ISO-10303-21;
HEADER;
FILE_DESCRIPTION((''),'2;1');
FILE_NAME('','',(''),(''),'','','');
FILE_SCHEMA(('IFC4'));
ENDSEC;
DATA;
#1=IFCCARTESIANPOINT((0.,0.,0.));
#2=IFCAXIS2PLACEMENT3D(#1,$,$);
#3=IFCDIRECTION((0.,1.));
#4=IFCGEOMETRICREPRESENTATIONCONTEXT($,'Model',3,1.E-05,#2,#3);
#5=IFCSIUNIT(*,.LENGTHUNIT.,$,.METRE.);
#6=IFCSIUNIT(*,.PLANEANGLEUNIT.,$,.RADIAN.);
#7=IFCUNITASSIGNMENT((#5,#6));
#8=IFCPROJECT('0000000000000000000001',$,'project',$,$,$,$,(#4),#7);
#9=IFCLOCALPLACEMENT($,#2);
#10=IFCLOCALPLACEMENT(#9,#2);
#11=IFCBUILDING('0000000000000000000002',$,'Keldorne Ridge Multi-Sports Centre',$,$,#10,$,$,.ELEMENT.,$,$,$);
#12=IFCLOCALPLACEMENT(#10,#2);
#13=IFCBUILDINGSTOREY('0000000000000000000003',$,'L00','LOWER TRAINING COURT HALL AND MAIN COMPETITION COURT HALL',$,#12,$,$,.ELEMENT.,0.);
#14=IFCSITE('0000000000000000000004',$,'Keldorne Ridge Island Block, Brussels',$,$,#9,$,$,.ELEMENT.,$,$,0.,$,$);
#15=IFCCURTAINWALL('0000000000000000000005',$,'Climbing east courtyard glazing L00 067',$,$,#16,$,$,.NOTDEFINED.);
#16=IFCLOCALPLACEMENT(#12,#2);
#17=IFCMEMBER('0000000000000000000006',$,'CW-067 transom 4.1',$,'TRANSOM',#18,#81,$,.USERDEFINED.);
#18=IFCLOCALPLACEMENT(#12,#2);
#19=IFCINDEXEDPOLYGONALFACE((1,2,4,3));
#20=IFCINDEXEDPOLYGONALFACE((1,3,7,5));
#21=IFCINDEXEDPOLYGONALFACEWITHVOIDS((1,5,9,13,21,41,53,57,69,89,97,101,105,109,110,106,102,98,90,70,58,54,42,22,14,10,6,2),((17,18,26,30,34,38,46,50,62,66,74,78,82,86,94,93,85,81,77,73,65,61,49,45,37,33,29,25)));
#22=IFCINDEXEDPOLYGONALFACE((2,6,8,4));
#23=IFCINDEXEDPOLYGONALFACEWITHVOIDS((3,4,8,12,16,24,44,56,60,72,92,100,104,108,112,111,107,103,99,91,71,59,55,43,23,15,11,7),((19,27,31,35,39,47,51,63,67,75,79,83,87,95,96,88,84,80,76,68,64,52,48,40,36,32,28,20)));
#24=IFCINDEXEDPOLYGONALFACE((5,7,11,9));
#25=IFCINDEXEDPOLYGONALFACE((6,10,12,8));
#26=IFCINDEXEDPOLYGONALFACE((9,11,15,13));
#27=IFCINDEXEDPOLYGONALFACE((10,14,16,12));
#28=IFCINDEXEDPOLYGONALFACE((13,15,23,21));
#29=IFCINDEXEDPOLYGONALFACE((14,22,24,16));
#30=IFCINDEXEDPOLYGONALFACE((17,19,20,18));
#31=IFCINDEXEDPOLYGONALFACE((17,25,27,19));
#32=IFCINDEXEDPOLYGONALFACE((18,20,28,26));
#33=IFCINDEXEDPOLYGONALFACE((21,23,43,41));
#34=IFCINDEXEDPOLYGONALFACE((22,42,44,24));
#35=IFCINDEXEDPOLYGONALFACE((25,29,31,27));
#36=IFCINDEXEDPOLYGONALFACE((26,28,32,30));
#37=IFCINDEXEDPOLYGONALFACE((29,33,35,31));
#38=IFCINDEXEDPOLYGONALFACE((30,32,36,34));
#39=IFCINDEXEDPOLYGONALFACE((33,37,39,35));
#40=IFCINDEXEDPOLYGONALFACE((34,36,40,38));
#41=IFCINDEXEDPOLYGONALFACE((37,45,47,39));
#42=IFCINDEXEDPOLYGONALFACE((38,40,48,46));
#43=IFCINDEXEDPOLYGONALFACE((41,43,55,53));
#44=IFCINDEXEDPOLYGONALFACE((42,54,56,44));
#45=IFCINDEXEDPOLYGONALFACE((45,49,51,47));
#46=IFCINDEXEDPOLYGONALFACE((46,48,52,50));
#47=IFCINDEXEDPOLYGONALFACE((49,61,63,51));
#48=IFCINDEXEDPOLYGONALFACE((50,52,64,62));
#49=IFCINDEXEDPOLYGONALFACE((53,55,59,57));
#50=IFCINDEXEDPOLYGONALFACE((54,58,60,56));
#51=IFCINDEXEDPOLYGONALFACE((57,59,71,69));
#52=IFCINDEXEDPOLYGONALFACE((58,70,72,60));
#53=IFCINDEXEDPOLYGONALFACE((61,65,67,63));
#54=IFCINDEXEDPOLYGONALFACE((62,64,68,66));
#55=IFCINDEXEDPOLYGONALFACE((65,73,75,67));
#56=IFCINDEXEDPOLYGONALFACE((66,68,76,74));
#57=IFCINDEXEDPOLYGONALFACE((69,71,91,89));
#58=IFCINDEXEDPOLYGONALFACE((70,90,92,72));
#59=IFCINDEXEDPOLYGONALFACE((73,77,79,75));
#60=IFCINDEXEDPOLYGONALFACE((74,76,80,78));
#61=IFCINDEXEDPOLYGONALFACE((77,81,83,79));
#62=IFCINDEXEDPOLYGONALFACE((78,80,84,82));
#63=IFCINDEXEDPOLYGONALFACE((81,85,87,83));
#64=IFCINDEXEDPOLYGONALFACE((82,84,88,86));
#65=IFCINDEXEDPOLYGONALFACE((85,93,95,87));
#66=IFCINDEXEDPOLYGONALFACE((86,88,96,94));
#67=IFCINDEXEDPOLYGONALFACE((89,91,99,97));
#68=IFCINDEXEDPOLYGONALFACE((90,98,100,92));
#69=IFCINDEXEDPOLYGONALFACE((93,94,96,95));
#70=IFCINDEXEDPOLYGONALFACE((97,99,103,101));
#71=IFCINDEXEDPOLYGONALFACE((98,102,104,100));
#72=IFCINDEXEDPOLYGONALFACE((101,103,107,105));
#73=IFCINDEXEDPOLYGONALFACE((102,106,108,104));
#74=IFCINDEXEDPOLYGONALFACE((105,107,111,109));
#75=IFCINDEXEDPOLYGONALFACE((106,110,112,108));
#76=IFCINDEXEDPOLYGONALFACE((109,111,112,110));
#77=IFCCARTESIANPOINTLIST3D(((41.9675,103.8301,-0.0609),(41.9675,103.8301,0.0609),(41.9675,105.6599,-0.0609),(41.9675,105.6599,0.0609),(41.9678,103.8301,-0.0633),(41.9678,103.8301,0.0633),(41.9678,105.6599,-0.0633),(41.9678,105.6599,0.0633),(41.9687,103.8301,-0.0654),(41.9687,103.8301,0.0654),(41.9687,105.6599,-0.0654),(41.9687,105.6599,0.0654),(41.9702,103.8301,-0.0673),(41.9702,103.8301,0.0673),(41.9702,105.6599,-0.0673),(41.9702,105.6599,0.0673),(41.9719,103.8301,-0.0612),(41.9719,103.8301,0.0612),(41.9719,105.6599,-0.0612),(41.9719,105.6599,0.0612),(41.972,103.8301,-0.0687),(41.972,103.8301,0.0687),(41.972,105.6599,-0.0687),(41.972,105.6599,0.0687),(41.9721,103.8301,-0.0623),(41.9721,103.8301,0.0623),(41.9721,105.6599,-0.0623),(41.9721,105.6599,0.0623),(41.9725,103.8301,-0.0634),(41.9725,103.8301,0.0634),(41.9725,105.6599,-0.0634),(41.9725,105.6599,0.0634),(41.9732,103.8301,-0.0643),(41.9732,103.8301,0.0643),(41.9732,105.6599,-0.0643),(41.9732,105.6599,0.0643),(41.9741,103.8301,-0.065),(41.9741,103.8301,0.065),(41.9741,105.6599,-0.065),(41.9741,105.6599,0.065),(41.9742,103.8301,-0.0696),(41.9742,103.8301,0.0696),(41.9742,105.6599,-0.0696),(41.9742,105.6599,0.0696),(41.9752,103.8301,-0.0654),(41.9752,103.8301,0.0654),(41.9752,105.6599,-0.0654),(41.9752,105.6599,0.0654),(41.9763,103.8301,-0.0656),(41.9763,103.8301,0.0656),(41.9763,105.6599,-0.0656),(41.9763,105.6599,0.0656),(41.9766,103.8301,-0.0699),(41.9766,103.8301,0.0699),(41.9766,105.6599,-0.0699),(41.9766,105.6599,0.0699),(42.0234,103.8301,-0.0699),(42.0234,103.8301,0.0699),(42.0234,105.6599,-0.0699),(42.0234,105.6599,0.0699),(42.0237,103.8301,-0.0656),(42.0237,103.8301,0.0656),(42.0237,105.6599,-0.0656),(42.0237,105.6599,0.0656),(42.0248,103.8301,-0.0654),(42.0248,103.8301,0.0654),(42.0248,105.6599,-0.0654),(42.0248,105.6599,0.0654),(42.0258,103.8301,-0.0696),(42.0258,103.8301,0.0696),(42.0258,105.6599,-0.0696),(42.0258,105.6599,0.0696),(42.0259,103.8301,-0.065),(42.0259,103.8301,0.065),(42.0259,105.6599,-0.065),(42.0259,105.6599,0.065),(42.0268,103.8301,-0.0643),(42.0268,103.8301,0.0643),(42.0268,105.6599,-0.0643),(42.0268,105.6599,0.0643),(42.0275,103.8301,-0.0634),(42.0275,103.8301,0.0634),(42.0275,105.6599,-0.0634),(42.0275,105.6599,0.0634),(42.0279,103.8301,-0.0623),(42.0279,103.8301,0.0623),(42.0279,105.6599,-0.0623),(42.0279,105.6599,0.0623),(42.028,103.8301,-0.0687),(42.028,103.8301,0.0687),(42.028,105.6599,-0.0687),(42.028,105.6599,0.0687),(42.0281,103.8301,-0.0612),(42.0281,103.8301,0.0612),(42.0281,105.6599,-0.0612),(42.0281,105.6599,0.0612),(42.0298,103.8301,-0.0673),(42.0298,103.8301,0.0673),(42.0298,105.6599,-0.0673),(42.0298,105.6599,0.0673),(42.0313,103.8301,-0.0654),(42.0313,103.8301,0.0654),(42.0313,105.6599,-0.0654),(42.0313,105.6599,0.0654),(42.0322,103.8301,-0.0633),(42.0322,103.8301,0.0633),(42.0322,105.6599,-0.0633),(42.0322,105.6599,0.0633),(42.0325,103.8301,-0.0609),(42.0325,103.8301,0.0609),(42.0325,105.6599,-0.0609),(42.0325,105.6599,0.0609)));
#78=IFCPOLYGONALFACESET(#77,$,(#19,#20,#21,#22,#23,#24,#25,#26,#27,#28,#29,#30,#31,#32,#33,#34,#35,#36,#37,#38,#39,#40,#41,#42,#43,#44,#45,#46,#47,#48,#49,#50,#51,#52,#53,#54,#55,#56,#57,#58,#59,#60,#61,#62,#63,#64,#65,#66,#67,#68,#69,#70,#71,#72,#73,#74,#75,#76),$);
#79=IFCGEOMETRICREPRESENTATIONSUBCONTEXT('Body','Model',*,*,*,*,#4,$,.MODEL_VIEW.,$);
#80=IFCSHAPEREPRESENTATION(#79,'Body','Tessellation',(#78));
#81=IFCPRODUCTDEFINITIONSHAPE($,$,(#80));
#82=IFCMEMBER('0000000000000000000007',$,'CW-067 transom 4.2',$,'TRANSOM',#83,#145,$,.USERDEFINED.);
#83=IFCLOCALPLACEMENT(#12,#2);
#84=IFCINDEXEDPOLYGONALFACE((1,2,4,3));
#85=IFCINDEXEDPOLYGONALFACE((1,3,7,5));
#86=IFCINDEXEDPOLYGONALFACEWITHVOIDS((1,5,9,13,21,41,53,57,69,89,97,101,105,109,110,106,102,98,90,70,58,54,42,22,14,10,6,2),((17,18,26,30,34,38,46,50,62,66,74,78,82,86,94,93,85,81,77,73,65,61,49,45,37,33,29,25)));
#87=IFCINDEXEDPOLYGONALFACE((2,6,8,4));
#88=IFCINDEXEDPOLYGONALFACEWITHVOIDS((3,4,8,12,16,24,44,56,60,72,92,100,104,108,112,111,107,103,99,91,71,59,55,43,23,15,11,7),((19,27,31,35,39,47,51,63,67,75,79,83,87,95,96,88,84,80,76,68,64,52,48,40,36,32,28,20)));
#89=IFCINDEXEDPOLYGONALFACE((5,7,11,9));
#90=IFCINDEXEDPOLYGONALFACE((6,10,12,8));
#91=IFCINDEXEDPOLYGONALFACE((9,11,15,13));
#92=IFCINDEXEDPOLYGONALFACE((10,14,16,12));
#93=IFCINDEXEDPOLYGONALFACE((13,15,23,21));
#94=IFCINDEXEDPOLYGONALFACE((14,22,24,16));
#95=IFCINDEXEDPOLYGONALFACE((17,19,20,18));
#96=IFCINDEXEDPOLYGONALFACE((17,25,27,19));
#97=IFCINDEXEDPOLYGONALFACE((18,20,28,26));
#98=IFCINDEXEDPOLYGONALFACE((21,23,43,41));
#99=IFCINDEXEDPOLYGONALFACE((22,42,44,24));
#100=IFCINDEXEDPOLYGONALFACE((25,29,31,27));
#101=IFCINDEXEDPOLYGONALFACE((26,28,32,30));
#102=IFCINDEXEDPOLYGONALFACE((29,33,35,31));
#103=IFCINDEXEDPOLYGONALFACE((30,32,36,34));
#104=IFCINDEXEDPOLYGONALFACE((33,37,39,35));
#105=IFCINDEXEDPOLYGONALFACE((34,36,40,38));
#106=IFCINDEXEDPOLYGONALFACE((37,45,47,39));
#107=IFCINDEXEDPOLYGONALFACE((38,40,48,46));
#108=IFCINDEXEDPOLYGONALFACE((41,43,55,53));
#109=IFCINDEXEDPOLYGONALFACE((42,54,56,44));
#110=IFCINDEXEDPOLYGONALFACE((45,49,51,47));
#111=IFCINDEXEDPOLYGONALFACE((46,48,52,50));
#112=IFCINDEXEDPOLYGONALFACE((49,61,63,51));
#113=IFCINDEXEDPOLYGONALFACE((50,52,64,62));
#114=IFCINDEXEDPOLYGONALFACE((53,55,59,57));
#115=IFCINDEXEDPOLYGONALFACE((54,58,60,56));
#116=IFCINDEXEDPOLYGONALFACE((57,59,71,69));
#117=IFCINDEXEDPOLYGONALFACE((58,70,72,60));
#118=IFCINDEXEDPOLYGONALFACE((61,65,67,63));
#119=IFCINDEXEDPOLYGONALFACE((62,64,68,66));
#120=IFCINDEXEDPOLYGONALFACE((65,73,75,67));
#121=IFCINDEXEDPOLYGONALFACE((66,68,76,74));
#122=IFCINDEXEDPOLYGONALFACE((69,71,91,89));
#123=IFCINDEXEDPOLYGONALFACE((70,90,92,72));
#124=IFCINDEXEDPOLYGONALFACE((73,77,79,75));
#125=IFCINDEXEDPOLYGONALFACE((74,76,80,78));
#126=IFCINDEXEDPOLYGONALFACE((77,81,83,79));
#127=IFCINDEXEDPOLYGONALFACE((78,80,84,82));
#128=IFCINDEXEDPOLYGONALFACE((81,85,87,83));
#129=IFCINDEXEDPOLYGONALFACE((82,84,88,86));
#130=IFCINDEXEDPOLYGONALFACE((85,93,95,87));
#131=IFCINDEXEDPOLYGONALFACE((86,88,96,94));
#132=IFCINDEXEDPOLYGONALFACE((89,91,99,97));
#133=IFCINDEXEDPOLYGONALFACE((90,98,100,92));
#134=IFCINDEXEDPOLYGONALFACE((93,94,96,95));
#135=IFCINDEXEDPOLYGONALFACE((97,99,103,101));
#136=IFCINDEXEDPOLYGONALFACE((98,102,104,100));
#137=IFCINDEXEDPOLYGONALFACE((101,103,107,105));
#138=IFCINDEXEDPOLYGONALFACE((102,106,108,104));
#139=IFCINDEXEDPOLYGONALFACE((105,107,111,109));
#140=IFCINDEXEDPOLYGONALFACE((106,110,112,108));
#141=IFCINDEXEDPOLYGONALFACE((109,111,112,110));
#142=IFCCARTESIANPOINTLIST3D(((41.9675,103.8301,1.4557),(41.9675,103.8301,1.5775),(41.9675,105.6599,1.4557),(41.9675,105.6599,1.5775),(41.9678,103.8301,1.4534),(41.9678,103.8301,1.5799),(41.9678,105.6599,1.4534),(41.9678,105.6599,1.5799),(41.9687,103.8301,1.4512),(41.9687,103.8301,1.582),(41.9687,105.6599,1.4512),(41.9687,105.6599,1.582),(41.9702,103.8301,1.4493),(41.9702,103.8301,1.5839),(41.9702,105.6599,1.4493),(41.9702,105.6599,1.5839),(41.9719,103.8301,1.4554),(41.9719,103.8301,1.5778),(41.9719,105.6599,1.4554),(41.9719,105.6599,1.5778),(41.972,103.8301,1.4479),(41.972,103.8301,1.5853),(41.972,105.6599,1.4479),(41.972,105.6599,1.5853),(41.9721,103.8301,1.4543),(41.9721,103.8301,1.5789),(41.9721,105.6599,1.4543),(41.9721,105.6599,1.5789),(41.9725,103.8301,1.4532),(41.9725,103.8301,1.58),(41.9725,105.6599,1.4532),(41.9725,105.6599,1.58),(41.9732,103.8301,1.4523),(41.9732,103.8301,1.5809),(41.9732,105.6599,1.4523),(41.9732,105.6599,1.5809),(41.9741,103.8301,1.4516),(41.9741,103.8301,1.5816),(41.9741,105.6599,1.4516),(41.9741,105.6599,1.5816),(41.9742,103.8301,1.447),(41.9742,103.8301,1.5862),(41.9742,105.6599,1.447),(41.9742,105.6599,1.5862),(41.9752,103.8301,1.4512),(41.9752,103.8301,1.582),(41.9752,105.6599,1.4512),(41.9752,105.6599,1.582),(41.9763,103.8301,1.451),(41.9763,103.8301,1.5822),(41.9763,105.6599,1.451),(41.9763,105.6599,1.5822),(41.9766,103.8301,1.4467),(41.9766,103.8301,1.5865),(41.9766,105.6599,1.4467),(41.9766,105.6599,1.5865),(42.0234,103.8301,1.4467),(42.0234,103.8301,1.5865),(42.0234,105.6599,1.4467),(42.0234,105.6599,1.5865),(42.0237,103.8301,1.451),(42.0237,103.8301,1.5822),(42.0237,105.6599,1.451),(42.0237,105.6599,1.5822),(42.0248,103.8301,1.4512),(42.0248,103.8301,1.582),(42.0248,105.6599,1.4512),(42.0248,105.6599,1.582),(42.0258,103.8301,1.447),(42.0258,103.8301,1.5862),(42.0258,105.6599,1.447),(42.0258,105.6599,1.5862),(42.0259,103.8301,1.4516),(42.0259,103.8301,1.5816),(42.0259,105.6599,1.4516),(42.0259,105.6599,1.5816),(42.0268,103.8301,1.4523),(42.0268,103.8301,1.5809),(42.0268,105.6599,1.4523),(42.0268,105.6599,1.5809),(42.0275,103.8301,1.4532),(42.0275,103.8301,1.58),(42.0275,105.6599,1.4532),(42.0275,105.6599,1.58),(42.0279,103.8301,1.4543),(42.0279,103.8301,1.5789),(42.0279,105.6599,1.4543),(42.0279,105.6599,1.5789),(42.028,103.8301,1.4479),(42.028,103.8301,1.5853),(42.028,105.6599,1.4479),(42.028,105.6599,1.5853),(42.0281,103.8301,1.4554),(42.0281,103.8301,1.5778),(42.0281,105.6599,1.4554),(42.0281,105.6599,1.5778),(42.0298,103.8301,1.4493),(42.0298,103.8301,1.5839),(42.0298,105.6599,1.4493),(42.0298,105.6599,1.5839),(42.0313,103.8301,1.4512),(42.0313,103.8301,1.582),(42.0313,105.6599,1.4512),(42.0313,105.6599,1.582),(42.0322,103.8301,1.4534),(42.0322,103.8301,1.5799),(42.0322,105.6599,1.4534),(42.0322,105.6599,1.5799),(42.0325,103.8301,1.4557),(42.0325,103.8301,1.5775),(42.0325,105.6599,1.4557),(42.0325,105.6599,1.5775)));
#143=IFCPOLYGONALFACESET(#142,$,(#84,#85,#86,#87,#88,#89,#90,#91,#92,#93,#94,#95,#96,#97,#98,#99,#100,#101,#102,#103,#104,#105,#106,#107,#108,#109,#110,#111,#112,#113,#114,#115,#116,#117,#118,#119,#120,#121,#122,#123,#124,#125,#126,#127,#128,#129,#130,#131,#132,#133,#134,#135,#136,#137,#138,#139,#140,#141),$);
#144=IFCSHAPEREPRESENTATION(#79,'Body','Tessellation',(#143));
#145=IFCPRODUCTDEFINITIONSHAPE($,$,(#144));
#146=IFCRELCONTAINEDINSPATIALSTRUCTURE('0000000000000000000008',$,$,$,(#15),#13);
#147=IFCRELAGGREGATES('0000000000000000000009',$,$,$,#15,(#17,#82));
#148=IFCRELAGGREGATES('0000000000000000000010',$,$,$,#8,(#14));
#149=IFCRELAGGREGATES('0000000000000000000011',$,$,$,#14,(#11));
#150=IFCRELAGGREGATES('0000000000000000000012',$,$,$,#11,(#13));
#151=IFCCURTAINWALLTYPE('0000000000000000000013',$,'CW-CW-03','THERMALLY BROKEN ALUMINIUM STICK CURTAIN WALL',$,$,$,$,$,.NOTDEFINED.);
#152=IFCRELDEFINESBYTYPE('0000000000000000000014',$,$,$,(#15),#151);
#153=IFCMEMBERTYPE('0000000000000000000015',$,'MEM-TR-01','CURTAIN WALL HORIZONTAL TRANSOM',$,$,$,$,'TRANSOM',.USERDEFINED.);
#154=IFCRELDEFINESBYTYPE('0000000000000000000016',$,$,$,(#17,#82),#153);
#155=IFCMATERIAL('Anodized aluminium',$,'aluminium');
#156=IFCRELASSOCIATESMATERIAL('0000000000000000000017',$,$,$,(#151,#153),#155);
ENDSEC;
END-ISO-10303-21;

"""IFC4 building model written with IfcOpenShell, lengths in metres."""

from ifc_helpers import new_model, si_unit, direction, frame, origin, origin_2d, place, context, subcontext, project, spatial, hollow_rectangle, extrude, material, material_profile, profile_set, type_object, element, aggregate, save


model = new_model("IFC4")

# Units and contexts
model_context = context("Model", 3, precision=1e-05, world=origin(), true_north=direction((0.0, 1.0)))
body_context = subcontext(model_context, "Body", "Model", "MODEL_VIEW")
ifc_project = project(units=[si_unit("LENGTHUNIT", "METRE"), si_unit("PLANEANGLEUNIT", "RADIAN")], contexts=[model_context])

# Site, building, storey
site_placement = place(None, origin())
site = spatial("IfcSite", under=ifc_project, at=site_placement, Name="Keldorne Ridge Island Block, Brussels", CompositionType="ELEMENT", RefElevation=0.0)
building_placement = place(site_placement, origin())
building = spatial("IfcBuilding", under=site, at=building_placement, Name="Keldorne Ridge Multi-Sports Centre", CompositionType="ELEMENT")
storey_placement = place(building_placement, origin())
storey = spatial("IfcBuildingStorey", under=building, at=storey_placement, Name="L00", Description="LOWER TRAINING COURT HALL AND MAIN COMPETITION COURT HALL", CompositionType="ELEMENT", Elevation=0.0)

# Shared definitions
ifc_material_1 = material(Name="Anodized aluminium", Category="aluminium")

# Curtain wall, members
curtain_wall_type_1 = type_object("IfcCurtainWallType", Name="CW-CW-03", Description="THERMALLY BROKEN ALUMINIUM STICK CURTAIN WALL", PredefinedType="NOTDEFINED", material=ifc_material_1)
curtain_wall_1_placement = place(storey_placement, origin())
curtain_wall_1 = element("IfcCurtainWall", 1, at=curtain_wall_1_placement, inside=storey, type_object=curtain_wall_type_1, Name="Climbing east courtyard glazing L00 067", PredefinedType="NOTDEFINED")
ifc_material_profile_1 = material_profile(ifc_material_1, hollow_rectangle(XDim=0.0649, YDim=0.1399, WallThickness=0.0044, InnerFilletRadius=0.0044, OuterFilletRadius=0.009, at=origin_2d()), Name="ALU TRANSOM 140x65x4.5")
ifc_profile_set_1 = profile_set([ifc_material_profile_1], Name="Anodized aluminium")
member_type_1 = type_object("IfcMemberType", Name="MEM-TR-01", Description="CURTAIN WALL HORIZONTAL TRANSOM", ElementType="TRANSOM", PredefinedType="USERDEFINED", material=ifc_profile_set_1)
member_1_placement = place(storey_placement, frame((42.0, 103.8301, 0.0), z_axis=(0.0, 1.0, 0.0), x_axis=(-1.0, 0.0, 0.0)))
member_1 = element("IfcMember", 2, at=member_1_placement, type_object=member_type_1, Name="CW-067 transom 4.1", ObjectType="TRANSOM", PredefinedType="USERDEFINED", context=body_context, shape_type="SweptSolid", body=[
    extrude(hollow_rectangle(XDim=0.0649, YDim=0.1399, WallThickness=0.0044, InnerFilletRadius=0.0044, OuterFilletRadius=0.009, at=origin_2d()), origin(), (0.0, 0.0, 1.0), 1.8298),
])
member_2_placement = place(storey_placement, frame((42.0, 103.8301, 1.5166), z_axis=(0.0, 1.0, 0.0), x_axis=(-1.0, 0.0, 0.0)))
member_2 = element("IfcMember", 3, at=member_2_placement, type_object=member_type_1, Name="CW-067 transom 4.2", ObjectType="TRANSOM", PredefinedType="USERDEFINED", context=body_context, shape_type="SweptSolid", body=[
    extrude(hollow_rectangle(XDim=0.0649, YDim=0.1399, WallThickness=0.0044, InnerFilletRadius=0.0044, OuterFilletRadius=0.009, at=origin_2d()), origin(), (0.0, 0.0, 1.0), 1.8298),
])

aggregate(curtain_wall_1, [member_1, member_2])

save(model, "model.ifc")
